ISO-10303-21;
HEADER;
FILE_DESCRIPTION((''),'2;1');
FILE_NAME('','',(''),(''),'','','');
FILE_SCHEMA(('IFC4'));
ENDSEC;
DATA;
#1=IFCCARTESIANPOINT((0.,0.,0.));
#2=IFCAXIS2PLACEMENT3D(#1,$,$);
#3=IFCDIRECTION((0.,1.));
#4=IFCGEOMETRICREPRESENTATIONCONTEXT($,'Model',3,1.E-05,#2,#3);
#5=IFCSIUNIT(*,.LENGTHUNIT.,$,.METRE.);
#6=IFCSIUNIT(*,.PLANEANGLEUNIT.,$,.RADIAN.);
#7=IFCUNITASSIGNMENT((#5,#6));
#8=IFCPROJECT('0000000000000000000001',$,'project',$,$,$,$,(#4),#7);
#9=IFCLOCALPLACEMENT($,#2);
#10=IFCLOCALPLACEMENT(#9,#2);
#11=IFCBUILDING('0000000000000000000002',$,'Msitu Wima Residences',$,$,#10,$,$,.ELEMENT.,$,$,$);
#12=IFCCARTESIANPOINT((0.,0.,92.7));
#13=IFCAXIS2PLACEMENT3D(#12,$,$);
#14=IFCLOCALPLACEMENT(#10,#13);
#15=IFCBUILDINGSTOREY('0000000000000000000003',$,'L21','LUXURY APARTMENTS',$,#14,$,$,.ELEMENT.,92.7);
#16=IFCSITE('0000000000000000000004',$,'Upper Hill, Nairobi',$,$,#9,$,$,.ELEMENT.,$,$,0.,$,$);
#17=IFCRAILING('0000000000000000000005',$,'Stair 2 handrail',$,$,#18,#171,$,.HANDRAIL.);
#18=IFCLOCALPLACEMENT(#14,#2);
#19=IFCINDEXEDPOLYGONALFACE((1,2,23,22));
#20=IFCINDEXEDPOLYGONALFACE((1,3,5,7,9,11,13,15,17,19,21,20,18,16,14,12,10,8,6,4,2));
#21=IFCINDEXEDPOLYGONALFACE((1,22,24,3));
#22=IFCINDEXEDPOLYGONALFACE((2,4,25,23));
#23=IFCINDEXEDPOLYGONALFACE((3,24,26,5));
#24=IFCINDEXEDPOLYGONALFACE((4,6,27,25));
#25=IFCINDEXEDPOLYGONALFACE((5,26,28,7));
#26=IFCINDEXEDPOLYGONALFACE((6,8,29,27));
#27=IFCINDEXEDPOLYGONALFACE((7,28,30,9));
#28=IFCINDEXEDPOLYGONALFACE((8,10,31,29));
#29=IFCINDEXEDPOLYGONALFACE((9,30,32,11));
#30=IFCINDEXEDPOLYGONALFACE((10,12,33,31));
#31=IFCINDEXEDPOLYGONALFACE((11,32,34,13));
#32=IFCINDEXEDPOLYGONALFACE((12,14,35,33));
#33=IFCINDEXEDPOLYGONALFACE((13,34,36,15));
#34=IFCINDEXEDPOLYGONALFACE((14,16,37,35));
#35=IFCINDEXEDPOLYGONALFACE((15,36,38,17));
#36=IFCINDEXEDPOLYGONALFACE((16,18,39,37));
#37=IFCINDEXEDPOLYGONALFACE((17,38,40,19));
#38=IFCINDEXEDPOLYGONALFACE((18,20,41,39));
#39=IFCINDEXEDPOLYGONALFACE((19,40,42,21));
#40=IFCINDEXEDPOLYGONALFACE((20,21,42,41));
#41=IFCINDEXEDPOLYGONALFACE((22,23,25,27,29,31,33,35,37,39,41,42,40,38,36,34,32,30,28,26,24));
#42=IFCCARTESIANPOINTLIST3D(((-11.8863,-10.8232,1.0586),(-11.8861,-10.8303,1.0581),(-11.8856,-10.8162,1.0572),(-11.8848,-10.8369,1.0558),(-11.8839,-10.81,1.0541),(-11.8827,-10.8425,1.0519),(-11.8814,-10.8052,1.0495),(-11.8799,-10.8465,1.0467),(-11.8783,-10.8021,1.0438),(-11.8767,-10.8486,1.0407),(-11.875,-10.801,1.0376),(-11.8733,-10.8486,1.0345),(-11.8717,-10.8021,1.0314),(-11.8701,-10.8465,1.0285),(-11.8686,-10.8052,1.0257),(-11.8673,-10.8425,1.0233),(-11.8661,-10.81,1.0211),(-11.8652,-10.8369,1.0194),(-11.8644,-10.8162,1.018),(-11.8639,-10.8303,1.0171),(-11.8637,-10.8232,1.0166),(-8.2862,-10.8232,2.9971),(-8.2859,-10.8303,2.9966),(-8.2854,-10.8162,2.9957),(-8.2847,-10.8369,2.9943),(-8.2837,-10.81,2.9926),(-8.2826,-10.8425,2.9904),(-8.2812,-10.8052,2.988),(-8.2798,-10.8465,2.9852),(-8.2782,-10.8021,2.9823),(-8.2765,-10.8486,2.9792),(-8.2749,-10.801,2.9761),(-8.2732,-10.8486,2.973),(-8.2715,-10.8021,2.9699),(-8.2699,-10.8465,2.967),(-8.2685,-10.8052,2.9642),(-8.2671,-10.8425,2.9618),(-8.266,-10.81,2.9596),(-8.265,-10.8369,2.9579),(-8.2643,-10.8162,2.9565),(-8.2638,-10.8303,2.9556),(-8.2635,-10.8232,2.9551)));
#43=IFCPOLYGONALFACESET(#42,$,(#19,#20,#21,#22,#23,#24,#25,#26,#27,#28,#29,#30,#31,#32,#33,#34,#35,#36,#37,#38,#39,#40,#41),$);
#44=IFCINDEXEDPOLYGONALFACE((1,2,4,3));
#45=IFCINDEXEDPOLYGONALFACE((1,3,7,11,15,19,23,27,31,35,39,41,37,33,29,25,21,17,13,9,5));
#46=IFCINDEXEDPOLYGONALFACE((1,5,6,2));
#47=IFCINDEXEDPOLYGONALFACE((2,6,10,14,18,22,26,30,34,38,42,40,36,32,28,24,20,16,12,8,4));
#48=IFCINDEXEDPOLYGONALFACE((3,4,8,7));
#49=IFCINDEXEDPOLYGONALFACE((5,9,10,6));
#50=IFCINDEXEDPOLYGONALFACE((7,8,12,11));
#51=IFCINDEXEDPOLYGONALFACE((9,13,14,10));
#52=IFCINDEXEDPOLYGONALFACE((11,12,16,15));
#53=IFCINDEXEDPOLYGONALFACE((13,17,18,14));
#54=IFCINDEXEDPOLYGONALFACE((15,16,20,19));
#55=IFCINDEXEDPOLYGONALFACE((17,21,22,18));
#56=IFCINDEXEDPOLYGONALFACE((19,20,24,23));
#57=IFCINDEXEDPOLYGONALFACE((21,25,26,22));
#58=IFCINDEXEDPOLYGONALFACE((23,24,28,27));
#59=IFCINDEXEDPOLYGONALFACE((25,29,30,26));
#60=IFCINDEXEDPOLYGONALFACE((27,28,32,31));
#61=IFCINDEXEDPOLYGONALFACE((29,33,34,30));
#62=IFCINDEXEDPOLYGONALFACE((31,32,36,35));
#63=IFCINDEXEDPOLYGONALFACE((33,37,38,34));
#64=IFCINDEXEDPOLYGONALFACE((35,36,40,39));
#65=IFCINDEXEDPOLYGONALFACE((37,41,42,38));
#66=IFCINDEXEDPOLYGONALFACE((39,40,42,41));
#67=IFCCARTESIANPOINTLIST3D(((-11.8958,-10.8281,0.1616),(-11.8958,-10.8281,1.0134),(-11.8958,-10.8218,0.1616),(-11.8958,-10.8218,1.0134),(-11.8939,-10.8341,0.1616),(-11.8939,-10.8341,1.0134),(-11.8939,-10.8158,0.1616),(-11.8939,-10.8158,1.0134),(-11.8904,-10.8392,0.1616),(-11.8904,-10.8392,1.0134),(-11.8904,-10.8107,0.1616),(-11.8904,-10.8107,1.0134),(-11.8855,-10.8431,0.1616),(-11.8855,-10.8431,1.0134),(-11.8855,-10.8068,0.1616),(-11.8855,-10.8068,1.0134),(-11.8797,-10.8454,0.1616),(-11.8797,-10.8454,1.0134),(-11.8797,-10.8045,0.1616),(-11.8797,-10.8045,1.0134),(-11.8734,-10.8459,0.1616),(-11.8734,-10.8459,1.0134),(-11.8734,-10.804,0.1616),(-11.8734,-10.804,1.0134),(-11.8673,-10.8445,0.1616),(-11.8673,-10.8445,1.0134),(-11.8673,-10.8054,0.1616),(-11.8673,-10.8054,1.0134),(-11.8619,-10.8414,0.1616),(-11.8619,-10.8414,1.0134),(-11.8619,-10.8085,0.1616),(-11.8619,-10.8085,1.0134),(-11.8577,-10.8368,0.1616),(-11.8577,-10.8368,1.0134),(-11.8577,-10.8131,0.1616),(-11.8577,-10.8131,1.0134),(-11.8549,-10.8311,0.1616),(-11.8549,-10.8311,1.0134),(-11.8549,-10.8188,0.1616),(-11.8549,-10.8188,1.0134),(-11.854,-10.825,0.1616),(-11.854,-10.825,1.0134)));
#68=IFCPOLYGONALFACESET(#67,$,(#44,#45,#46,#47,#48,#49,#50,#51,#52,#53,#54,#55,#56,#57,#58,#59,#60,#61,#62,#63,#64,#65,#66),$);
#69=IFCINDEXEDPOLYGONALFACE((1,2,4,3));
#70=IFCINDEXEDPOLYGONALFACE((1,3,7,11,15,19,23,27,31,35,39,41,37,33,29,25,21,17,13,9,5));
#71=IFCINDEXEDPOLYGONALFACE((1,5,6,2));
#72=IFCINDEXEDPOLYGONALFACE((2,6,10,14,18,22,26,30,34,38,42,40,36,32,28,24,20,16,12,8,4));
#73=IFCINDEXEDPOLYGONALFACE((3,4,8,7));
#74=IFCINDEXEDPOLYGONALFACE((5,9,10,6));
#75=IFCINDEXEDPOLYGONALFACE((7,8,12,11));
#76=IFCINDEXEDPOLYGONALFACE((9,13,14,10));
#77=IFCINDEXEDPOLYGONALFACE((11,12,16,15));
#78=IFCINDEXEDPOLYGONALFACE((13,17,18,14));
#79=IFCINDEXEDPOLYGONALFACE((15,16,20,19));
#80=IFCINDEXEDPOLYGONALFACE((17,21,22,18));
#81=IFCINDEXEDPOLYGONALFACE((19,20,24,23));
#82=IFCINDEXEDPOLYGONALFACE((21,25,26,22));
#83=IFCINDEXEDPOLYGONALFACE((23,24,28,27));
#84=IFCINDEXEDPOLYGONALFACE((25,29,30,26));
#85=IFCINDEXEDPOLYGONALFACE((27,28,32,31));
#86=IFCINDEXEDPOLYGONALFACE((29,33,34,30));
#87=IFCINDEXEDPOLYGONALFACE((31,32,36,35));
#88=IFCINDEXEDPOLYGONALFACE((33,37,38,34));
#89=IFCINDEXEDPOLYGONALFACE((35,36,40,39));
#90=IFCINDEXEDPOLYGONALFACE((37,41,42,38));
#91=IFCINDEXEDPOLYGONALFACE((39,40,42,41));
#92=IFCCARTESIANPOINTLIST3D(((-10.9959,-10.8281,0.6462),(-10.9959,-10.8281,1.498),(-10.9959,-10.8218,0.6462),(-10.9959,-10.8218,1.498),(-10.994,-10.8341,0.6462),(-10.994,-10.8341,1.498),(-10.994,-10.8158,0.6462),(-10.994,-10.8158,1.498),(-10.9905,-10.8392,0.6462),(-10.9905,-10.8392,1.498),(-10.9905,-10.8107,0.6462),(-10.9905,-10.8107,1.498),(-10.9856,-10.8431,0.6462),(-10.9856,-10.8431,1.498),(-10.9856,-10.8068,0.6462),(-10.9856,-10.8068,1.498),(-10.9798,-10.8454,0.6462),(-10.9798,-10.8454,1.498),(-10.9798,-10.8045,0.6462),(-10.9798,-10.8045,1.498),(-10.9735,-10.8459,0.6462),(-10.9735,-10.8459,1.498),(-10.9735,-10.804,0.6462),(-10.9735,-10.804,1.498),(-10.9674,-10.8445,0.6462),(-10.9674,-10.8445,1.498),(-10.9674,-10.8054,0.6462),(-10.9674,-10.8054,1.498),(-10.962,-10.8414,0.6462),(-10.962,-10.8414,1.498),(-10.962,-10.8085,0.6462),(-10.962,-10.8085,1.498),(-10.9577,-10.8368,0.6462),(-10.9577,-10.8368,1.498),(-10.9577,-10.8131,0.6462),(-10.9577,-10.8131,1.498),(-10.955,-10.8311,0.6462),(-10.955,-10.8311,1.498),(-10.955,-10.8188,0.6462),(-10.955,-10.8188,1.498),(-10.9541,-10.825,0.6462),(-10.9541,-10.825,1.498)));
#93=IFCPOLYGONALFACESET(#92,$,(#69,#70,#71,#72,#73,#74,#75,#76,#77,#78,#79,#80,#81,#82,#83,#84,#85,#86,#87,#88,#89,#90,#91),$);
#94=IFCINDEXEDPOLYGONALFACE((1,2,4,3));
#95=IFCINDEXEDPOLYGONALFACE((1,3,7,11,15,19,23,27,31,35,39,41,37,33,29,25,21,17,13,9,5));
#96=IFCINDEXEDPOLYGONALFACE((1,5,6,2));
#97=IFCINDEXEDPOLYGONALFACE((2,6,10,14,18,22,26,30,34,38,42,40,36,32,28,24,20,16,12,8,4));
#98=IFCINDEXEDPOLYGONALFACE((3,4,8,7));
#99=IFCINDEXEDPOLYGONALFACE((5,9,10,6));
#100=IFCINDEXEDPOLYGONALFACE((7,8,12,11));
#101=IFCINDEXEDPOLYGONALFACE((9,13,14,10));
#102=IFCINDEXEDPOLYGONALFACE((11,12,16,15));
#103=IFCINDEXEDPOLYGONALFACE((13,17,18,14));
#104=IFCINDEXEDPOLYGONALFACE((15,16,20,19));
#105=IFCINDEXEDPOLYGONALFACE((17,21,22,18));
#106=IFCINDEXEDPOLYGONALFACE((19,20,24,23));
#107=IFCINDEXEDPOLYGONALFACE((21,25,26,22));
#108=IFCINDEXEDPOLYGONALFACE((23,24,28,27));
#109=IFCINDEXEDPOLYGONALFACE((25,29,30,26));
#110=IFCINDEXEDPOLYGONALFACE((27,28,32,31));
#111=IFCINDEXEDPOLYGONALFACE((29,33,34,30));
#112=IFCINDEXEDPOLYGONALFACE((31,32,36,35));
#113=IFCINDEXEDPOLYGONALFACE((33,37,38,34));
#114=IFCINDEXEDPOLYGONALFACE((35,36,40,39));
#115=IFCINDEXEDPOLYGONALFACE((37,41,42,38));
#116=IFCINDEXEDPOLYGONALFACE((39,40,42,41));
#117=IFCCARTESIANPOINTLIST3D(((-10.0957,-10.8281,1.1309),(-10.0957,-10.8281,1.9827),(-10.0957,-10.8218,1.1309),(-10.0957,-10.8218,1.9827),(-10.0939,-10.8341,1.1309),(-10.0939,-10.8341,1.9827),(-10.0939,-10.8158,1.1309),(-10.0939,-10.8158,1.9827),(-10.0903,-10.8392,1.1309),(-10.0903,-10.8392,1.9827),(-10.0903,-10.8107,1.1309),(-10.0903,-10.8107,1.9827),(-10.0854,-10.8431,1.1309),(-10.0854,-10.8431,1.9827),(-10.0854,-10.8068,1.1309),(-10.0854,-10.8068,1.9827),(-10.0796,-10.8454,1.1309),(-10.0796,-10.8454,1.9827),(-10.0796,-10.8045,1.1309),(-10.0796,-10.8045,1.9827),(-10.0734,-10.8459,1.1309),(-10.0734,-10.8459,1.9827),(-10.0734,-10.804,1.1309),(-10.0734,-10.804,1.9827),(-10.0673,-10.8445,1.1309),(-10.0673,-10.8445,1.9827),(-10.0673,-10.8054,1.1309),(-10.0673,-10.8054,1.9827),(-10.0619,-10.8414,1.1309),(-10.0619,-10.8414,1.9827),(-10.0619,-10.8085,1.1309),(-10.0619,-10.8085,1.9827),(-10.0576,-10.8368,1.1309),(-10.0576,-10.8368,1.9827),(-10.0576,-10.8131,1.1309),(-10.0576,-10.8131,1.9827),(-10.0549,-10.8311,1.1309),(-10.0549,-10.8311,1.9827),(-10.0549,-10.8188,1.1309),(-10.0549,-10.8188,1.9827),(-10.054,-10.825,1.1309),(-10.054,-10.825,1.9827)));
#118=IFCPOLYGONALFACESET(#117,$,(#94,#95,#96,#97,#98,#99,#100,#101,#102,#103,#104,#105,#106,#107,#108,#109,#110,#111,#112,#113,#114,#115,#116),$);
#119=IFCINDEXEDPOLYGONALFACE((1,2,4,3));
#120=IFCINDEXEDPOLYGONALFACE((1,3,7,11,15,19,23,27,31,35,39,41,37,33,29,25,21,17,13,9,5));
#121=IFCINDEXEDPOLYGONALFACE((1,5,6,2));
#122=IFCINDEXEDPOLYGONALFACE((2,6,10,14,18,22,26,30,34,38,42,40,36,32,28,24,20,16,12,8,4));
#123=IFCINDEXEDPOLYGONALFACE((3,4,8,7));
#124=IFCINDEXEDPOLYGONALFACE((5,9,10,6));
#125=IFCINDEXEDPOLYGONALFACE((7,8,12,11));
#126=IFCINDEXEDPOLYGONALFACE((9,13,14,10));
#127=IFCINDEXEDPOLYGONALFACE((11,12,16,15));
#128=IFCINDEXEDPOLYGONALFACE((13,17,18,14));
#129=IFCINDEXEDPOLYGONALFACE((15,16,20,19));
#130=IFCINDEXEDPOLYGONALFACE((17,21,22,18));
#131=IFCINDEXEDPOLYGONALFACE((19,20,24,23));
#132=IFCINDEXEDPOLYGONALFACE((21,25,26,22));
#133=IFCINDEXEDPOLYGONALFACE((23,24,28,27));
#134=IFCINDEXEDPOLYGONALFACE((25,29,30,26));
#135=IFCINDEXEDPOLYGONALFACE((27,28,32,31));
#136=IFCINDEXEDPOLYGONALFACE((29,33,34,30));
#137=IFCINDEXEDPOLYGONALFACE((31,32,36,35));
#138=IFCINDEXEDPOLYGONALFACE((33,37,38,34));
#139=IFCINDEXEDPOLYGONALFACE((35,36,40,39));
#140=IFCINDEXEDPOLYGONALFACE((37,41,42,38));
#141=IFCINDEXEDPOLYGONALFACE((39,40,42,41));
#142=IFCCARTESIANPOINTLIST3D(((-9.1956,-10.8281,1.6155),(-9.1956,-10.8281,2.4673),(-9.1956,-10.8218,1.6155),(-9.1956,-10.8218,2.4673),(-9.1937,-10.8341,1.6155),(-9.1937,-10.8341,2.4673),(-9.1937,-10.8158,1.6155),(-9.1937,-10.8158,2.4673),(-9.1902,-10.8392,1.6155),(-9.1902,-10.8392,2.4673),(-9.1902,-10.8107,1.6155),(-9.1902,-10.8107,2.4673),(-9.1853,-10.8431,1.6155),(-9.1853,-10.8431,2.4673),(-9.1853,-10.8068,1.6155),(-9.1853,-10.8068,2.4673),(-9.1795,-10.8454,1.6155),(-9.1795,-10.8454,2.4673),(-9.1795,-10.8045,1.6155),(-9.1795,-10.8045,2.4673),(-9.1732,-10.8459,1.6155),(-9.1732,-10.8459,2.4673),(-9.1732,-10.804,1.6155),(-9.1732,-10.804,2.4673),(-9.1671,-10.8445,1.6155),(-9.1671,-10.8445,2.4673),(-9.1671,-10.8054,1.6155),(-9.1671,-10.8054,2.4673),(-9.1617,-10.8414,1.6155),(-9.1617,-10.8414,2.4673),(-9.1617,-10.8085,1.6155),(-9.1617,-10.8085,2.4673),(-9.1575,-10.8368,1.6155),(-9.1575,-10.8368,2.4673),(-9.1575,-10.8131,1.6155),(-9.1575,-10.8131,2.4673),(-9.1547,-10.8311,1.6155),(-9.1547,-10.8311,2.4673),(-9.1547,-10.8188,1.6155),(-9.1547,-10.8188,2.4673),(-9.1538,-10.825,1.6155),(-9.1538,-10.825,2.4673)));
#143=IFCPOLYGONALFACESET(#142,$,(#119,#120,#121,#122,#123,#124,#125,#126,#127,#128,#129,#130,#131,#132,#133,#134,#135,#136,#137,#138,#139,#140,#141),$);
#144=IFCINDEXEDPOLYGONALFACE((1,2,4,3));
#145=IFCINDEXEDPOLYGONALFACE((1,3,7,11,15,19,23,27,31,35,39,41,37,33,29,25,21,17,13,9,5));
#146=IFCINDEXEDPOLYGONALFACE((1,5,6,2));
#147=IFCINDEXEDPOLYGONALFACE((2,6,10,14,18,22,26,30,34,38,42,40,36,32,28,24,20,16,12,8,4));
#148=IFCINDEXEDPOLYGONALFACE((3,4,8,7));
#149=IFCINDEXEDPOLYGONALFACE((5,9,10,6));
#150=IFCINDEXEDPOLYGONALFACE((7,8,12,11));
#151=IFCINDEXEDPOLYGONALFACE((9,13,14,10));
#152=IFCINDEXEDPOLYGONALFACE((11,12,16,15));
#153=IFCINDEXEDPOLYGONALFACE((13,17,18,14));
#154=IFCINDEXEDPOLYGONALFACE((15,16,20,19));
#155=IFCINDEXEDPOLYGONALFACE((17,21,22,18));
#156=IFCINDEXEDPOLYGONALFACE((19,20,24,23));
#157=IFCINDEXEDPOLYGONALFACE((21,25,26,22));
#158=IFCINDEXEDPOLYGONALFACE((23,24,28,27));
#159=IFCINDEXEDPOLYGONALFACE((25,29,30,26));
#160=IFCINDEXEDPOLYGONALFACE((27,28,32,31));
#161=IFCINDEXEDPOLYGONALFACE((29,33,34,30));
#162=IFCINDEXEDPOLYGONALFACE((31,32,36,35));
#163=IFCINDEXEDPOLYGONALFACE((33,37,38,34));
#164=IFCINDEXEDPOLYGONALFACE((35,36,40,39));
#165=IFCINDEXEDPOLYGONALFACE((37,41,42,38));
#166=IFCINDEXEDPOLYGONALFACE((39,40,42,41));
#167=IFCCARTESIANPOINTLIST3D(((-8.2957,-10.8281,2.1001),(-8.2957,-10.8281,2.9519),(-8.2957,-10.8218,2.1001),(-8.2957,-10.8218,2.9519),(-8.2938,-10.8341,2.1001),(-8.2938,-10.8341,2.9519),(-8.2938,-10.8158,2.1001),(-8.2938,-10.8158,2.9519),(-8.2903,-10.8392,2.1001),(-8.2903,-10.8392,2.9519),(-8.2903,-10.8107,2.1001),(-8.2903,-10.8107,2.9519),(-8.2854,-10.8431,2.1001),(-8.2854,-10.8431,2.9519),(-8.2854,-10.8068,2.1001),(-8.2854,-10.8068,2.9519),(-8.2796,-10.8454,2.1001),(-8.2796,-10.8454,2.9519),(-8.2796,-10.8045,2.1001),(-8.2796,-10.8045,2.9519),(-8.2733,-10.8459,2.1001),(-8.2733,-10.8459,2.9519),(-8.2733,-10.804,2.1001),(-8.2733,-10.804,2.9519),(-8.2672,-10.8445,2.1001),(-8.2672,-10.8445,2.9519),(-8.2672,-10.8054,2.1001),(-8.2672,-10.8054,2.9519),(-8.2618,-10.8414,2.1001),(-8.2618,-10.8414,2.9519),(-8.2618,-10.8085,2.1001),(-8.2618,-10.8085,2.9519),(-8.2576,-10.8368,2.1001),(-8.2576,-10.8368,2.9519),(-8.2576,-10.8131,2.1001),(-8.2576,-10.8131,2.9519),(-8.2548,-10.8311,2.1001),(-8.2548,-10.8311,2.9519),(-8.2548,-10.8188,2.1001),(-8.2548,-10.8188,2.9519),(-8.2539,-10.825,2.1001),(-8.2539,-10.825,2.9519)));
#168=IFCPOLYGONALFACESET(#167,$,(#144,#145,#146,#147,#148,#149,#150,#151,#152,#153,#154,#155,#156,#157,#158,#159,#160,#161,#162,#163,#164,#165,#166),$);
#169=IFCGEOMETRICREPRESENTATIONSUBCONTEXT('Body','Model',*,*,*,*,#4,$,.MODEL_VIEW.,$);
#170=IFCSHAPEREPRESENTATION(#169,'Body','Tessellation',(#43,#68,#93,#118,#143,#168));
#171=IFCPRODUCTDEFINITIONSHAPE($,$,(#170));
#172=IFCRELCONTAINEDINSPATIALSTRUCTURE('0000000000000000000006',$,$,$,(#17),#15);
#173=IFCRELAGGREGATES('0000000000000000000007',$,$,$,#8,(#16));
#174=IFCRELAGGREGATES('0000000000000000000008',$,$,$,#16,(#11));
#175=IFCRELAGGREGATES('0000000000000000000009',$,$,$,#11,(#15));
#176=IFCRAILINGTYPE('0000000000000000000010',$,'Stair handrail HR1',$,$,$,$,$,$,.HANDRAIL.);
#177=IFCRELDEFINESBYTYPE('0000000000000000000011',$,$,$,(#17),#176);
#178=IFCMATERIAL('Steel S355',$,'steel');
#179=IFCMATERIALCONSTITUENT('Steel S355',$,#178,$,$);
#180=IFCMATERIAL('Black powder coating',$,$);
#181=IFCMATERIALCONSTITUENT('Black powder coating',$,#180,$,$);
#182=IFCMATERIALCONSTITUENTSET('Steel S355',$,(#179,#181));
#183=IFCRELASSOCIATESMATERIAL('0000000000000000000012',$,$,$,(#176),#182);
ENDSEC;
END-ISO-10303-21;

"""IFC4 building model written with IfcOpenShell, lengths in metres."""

from ifc_helpers import new_model, si_unit, direction, frame, origin, origin_2d, place, context, subcontext, project, spatial, circle, extrude, material, constituent, constituent_set, type_object, element, save


model = new_model("IFC4")

# Units and contexts
model_context = context("Model", 3, precision=1e-05, world=origin(), true_north=direction((0.0, 1.0)))
body_context = subcontext(model_context, "Body", "Model", "MODEL_VIEW")
ifc_project = project(units=[si_unit("LENGTHUNIT", "METRE"), si_unit("PLANEANGLEUNIT", "RADIAN")], contexts=[model_context])

# Site, building, storey
site_placement = place(None, origin())
site = spatial("IfcSite", under=ifc_project, at=site_placement, Name="Upper Hill, Nairobi", CompositionType="ELEMENT", RefElevation=0.0)
building_placement = place(site_placement, origin())
building = spatial("IfcBuilding", under=site, at=building_placement, Name="Msitu Wima Residences", CompositionType="ELEMENT")
storey_placement = place(building_placement, frame((0.0, 0.0, 92.7)))
storey = spatial("IfcBuildingStorey", under=building, at=storey_placement, Name="L21", Description="LUXURY APARTMENTS", CompositionType="ELEMENT", Elevation=92.7)

# Railing
ifc_material_1 = material(Name="Steel S355", Category="steel")
ifc_constituent_1 = constituent(ifc_material_1, Name="Steel S355")
ifc_material_2 = material(Name="Black powder coating")
ifc_constituent_2 = constituent(ifc_material_2, Name="Black powder coating")
ifc_constituent_set = constituent_set(constituents=[ifc_constituent_1, ifc_constituent_2], Name="Steel S355")
railing_type = type_object("IfcRailingType", Name="Stair handrail HR1", PredefinedType="HANDRAIL", material=ifc_constituent_set)
for number, where, name in (
    (1, (-11.875, -10.825, 0.1616), "Stair 2 handrail"),
):
    element("IfcRailing", number, at=place(storey_placement, frame(where)), inside=storey, type_object=railing_type, Name=name, PredefinedType="HANDRAIL", context=body_context, shape_type="SweptSolid", body=[
        extrude(circle(Radius=0.0239, at=origin_2d()), frame((0.0, 0.0, 0.876), z_axis=(0.880475, 0.0, 0.474093), x_axis=(0.0, 1.0, 0.0)), (0.0, 0.0, 1.0), 4.0889),
        extrude(circle(Radius=0.021, at=origin_2d()), origin(), (0.0, 0.0, 1.0), 0.8518),
        extrude(circle(Radius=0.021, at=origin_2d()), frame((0.8999, 0.0, 0.4846)), (0.0, 0.0, 1.0), 0.8518),
        extrude(circle(Radius=0.021, at=origin_2d()), frame((1.8, 0.0, 0.9692)), (0.0, 0.0, 1.0), 0.8518),
        extrude(circle(Radius=0.021, at=origin_2d()), frame((2.7002, 0.0, 1.4539)), (0.0, 0.0, 1.0), 0.8518),
        extrude(circle(Radius=0.021, at=origin_2d()), frame((3.6001, 0.0, 1.9385)), (0.0, 0.0, 1.0), 0.8518),
    ])

save(model, "model.ifc")
